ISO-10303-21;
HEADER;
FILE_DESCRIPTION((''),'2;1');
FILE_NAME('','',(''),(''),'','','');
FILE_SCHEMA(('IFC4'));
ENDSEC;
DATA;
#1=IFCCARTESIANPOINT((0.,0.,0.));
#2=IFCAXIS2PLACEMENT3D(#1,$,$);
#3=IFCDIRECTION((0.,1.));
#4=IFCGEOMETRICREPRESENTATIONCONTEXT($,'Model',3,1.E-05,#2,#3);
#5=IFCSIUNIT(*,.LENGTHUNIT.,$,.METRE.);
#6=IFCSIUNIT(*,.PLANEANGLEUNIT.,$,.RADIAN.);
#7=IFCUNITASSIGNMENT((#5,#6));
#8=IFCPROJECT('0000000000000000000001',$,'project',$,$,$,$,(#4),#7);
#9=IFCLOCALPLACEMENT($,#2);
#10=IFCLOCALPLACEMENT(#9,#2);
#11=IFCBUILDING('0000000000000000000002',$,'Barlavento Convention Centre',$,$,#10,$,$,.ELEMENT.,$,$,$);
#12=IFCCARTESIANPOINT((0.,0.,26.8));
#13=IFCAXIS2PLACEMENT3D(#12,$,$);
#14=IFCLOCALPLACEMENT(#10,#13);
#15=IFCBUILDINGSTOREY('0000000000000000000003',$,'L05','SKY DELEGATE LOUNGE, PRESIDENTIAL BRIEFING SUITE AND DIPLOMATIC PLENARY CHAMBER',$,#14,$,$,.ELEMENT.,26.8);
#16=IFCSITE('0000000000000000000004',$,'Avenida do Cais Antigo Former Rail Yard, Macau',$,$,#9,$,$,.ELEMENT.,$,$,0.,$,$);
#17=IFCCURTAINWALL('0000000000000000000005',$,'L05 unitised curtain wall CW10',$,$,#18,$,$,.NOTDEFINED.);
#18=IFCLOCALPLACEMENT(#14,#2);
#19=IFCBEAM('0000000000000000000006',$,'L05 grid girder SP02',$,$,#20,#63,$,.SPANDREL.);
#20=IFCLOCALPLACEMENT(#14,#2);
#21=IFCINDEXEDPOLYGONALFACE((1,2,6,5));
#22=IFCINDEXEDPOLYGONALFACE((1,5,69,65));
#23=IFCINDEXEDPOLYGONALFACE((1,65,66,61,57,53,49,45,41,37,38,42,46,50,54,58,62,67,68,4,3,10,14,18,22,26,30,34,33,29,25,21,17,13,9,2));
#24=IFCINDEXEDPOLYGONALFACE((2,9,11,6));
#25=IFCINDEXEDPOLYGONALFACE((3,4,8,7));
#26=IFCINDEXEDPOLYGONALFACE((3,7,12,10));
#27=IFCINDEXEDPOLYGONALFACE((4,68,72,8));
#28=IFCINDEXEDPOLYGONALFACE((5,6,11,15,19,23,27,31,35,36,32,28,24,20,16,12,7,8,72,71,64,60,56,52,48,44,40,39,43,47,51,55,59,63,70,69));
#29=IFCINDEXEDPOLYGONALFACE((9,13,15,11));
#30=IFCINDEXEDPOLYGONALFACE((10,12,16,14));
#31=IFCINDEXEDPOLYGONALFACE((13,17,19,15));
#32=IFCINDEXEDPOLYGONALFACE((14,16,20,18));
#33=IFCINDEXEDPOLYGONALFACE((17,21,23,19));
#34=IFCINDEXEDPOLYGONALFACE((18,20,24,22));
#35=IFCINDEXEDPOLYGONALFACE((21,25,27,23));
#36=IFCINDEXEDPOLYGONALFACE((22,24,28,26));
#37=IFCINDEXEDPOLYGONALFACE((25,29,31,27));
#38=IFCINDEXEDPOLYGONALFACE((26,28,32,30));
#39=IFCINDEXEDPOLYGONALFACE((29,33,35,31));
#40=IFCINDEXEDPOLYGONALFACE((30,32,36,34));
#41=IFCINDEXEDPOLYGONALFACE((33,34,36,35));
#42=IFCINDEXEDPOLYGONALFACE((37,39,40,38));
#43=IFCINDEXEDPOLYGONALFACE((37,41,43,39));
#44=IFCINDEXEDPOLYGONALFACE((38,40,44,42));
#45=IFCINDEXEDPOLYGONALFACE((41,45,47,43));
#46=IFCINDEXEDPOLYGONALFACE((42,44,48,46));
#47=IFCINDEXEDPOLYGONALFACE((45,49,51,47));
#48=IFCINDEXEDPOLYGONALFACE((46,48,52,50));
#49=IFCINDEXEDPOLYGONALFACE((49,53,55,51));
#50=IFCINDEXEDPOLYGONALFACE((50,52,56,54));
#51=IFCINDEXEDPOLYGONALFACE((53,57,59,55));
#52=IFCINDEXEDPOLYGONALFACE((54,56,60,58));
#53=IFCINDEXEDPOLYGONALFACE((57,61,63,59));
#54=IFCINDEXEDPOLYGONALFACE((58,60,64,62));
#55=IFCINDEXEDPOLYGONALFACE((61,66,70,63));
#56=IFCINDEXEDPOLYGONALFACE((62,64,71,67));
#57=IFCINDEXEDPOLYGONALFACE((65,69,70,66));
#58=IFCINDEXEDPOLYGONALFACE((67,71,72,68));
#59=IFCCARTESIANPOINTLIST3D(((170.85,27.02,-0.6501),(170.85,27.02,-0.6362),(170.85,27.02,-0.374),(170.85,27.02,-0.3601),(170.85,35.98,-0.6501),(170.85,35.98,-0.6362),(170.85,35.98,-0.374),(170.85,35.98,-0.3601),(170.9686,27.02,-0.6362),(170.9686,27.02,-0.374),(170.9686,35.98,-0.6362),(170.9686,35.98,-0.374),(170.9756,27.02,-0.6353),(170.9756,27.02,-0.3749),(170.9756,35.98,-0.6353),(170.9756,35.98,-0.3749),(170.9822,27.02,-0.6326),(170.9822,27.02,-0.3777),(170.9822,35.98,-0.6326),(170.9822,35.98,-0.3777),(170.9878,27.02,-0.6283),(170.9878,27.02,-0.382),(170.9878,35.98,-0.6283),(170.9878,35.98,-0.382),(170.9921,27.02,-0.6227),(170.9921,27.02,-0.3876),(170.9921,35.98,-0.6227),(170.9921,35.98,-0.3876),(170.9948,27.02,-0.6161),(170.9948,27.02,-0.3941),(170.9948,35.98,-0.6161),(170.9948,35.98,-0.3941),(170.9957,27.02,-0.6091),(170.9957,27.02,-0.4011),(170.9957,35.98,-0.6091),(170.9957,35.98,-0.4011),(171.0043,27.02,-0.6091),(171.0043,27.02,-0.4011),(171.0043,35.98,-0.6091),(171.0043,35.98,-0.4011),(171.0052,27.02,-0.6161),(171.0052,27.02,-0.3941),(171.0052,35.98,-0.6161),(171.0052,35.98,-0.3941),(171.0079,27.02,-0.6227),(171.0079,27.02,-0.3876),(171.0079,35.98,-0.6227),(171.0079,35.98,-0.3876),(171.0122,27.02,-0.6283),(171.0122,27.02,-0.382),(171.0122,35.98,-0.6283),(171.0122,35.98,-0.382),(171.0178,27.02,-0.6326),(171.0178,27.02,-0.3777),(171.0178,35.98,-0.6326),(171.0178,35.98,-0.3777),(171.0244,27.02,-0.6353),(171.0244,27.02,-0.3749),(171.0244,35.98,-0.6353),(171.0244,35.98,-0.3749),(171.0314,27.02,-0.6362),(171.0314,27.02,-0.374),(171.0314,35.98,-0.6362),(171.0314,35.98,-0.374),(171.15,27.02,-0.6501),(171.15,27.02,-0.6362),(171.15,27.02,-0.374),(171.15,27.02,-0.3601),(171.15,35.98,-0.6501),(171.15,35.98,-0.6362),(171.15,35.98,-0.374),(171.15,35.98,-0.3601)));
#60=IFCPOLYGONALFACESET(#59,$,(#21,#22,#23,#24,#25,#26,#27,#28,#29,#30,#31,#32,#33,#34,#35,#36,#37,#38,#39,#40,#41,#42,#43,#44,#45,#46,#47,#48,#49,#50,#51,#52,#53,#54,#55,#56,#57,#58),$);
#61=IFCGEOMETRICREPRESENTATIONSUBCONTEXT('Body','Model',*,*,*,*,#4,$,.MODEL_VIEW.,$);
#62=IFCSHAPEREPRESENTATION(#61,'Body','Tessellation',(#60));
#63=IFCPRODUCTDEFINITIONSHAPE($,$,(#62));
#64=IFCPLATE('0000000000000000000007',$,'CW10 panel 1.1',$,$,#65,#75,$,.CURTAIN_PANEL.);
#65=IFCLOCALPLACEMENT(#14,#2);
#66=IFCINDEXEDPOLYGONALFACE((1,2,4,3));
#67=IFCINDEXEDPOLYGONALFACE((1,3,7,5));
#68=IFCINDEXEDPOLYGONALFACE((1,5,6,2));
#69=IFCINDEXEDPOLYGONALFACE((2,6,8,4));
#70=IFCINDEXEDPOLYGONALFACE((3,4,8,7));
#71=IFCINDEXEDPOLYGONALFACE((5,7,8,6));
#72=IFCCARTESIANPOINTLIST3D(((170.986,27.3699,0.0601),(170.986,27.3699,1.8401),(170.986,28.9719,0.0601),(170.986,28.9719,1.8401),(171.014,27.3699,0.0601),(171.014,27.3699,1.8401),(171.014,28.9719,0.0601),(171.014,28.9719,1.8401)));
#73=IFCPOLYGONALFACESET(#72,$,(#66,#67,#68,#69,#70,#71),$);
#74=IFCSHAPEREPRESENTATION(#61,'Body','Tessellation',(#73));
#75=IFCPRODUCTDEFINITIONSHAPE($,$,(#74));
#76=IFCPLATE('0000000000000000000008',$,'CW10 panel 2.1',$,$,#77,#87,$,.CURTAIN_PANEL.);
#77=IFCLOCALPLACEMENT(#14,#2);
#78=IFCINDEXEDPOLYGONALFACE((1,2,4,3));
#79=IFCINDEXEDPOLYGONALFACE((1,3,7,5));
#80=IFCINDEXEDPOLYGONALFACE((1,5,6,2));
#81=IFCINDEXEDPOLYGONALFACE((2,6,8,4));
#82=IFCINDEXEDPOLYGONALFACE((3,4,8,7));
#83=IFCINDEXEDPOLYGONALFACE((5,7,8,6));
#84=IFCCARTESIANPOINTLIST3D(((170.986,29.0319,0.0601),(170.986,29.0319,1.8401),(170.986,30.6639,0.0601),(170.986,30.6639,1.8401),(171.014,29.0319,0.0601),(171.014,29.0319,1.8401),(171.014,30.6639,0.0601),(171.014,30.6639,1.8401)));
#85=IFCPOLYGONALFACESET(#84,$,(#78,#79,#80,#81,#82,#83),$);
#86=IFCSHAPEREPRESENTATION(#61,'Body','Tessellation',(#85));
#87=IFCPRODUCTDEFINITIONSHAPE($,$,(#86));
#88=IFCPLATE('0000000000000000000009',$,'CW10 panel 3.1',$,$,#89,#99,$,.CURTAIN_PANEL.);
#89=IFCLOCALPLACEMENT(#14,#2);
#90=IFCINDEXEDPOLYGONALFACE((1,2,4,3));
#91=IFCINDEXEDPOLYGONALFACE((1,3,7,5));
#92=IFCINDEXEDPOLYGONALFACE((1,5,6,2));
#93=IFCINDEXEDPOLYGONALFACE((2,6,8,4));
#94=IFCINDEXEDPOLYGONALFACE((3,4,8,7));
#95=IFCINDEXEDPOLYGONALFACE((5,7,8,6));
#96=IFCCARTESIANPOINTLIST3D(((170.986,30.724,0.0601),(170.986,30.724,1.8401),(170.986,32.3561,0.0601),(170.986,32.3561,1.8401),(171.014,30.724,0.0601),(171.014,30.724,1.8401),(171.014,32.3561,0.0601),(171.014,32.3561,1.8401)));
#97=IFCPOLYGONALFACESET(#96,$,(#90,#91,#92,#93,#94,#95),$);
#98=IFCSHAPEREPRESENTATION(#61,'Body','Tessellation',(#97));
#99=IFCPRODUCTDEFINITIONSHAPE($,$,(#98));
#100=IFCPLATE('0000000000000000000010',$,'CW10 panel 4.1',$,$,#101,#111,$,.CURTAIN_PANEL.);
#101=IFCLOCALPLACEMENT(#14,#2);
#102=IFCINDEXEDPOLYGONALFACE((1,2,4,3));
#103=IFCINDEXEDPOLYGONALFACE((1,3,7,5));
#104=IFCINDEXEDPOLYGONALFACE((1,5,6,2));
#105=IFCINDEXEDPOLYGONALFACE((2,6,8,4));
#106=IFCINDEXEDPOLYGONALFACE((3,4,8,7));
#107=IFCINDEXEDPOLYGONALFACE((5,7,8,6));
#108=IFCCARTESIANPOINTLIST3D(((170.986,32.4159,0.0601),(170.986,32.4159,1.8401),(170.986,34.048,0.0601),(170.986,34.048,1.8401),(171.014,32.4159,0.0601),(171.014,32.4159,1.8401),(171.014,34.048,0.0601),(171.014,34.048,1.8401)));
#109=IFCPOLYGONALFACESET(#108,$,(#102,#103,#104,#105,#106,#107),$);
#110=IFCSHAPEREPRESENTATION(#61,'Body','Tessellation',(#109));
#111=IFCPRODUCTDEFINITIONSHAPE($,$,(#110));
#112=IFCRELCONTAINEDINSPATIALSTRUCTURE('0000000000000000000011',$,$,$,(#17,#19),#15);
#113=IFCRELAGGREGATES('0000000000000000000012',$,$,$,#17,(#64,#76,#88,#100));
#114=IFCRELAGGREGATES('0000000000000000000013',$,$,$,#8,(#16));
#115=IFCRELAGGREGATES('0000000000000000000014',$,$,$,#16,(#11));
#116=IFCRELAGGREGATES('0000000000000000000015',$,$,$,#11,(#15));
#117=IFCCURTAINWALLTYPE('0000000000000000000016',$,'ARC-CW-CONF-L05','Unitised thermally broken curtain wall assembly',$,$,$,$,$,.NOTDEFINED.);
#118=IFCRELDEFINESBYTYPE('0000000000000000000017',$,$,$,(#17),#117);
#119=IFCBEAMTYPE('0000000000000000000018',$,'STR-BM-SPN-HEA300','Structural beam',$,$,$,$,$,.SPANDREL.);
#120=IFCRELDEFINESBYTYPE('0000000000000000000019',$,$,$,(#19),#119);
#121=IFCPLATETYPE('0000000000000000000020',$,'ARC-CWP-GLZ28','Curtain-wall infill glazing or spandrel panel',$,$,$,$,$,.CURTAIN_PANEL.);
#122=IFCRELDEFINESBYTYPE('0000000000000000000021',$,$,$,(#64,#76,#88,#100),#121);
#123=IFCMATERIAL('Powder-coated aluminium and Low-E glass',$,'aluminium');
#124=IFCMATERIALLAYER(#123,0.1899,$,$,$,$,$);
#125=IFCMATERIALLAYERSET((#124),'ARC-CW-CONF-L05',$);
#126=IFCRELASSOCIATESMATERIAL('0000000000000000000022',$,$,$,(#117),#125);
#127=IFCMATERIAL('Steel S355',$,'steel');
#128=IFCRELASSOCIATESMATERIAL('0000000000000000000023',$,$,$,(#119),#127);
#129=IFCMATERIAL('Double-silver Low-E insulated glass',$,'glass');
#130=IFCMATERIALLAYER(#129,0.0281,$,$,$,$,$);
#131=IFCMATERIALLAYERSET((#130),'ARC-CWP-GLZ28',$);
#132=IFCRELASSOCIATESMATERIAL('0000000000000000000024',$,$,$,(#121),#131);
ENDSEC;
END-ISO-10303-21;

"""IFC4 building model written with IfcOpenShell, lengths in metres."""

from ifc_helpers import new_model, si_unit, direction, frame, origin, origin_2d, place, context, subcontext, project, spatial, rectangle, i_section, extrude, material, layer, layer_set, material_profile, profile_set, type_object, element, aggregate, save


model = new_model("IFC4")

# Units and contexts
model_context = context("Model", 3, precision=1e-05, world=origin(), true_north=direction((0.0, 1.0)))
body_context = subcontext(model_context, "Body", "Model", "MODEL_VIEW")
ifc_project = project(units=[si_unit("LENGTHUNIT", "METRE"), si_unit("PLANEANGLEUNIT", "RADIAN")], contexts=[model_context])

# Site, building, storey
site_placement = place(None, origin())
site = spatial("IfcSite", under=ifc_project, at=site_placement, Name="Avenida do Cais Antigo Former Rail Yard, Macau", CompositionType="ELEMENT", RefElevation=0.0)
building_placement = place(site_placement, origin())
building = spatial("IfcBuilding", under=site, at=building_placement, Name="Barlavento Convention Centre", CompositionType="ELEMENT")
storey_placement = place(building_placement, frame((0.0, 0.0, 26.8)))
storey = spatial("IfcBuildingStorey", under=building, at=storey_placement, Name="L05", Description="SKY DELEGATE LOUNGE, PRESIDENTIAL BRIEFING SUITE AND DIPLOMATIC PLENARY CHAMBER", CompositionType="ELEMENT", Elevation=26.8)

# Curtain wall
ifc_material_1 = material(Name="Powder-coated aluminium and Low-E glass", Category="aluminium")
ifc_layer_1 = layer(ifc_material_1, 0.1899)
ifc_layer_set_1 = layer_set([ifc_layer_1], Name="ARC-CW-CONF-L05")
curtain_wall_type = type_object("IfcCurtainWallType", Name="ARC-CW-CONF-L05", Description="Unitised thermally broken curtain wall assembly", PredefinedType="NOTDEFINED", material=ifc_layer_set_1)
curtain_wall_placement = place(storey_placement, origin())
curtain_wall = element("IfcCurtainWall", 1, at=curtain_wall_placement, inside=storey, type_object=curtain_wall_type, Name="L05 unitised curtain wall CW10", PredefinedType="NOTDEFINED")

# Beam
ifc_material_2 = material(Name="Steel S355", Category="steel")
ifc_material_profile_1 = material_profile(ifc_material_2, i_section(OverallWidth=0.3, OverallDepth=0.29, WebThickness=0.0085, FlangeThickness=0.0139, FilletRadius=0.0271, at=origin_2d()), Name="HEA 300")
ifc_profile_set_1 = profile_set([ifc_material_profile_1], Name="Steel S355")
beam_type_1 = type_object("IfcBeamType", Name="STR-BM-SPN-HEA300", Description="Structural beam", PredefinedType="SPANDREL", material=ifc_profile_set_1)
beam_1_placement = place(storey_placement, frame((171.0, 27.02, -0.5051), z_axis=(0.0, 1.0, 0.0), x_axis=(-1.0, 0.0, 0.0)))
element("IfcBeam", 2, at=beam_1_placement, inside=storey, type_object=beam_type_1, Name="L05 grid girder SP02", PredefinedType="SPANDREL", context=body_context, shape_type="SweptSolid", body=[
    extrude(i_section(OverallWidth=0.3, OverallDepth=0.29, WebThickness=0.0085, FlangeThickness=0.0139, FilletRadius=0.0271, at=origin_2d()), origin(), (0.0, 0.0, 1.0), 8.96),
])

# Plates
ifc_material_3 = material(Name="Double-silver Low-E insulated glass", Category="glass")
ifc_layer_2 = layer(ifc_material_3, 0.0281)
ifc_layer_set_2 = layer_set([ifc_layer_2], Name="ARC-CWP-GLZ28")
plate_type = type_object("IfcPlateType", Name="ARC-CWP-GLZ28", Description="Curtain-wall infill glazing or spandrel panel", PredefinedType="CURTAIN_PANEL", material=ifc_layer_set_2)
plate_1_placement = place(storey_placement, frame((171.0, 28.1709, 0.0601), z_axis=(0.0, 0.0, 1.0), x_axis=(0.0, 1.0, 0.0)))
plate_1 = element("IfcPlate", 3, at=plate_1_placement, type_object=plate_type, Name="CW10 panel 1.1", PredefinedType="CURTAIN_PANEL", context=body_context, shape_type="SweptSolid", body=[
    extrude(rectangle(XDim=1.6021, YDim=0.0281, at=origin_2d()), origin(), (0.0, 0.0, 1.0), 1.78),
])
plate_2_placement = place(storey_placement, frame((171.0, 29.8479, 0.0601), z_axis=(0.0, 0.0, 1.0), x_axis=(0.0, 1.0, 0.0)))
plate_2 = element("IfcPlate", 4, at=plate_2_placement, type_object=plate_type, Name="CW10 panel 2.1", PredefinedType="CURTAIN_PANEL", context=body_context, shape_type="SweptSolid", body=[
    extrude(rectangle(XDim=1.6321, YDim=0.0281, at=origin_2d()), origin(), (0.0, 0.0, 1.0), 1.78),
])
plate_3_placement = place(storey_placement, frame((171.0, 31.54, 0.0601), z_axis=(0.0, 0.0, 1.0), x_axis=(0.0, 1.0, 0.0)))
plate_3 = element("IfcPlate", 5, at=plate_3_placement, type_object=plate_type, Name="CW10 panel 3.1", PredefinedType="CURTAIN_PANEL", context=body_context, shape_type="SweptSolid", body=[
    extrude(rectangle(XDim=1.6321, YDim=0.0281, at=origin_2d()), origin(), (0.0, 0.0, 1.0), 1.78),
])
plate_4_placement = place(storey_placement, frame((171.0, 33.2319, 0.0601), z_axis=(0.0, 0.0, 1.0), x_axis=(0.0, 1.0, 0.0)))
plate_4 = element("IfcPlate", 6, at=plate_4_placement, type_object=plate_type, Name="CW10 panel 4.1", PredefinedType="CURTAIN_PANEL", context=body_context, shape_type="SweptSolid", body=[
    extrude(rectangle(XDim=1.6321, YDim=0.0281, at=origin_2d()), origin(), (0.0, 0.0, 1.0), 1.78),
])
aggregate(curtain_wall, [plate_1, plate_2, plate_3, plate_4])

save(model, "model.ifc")
